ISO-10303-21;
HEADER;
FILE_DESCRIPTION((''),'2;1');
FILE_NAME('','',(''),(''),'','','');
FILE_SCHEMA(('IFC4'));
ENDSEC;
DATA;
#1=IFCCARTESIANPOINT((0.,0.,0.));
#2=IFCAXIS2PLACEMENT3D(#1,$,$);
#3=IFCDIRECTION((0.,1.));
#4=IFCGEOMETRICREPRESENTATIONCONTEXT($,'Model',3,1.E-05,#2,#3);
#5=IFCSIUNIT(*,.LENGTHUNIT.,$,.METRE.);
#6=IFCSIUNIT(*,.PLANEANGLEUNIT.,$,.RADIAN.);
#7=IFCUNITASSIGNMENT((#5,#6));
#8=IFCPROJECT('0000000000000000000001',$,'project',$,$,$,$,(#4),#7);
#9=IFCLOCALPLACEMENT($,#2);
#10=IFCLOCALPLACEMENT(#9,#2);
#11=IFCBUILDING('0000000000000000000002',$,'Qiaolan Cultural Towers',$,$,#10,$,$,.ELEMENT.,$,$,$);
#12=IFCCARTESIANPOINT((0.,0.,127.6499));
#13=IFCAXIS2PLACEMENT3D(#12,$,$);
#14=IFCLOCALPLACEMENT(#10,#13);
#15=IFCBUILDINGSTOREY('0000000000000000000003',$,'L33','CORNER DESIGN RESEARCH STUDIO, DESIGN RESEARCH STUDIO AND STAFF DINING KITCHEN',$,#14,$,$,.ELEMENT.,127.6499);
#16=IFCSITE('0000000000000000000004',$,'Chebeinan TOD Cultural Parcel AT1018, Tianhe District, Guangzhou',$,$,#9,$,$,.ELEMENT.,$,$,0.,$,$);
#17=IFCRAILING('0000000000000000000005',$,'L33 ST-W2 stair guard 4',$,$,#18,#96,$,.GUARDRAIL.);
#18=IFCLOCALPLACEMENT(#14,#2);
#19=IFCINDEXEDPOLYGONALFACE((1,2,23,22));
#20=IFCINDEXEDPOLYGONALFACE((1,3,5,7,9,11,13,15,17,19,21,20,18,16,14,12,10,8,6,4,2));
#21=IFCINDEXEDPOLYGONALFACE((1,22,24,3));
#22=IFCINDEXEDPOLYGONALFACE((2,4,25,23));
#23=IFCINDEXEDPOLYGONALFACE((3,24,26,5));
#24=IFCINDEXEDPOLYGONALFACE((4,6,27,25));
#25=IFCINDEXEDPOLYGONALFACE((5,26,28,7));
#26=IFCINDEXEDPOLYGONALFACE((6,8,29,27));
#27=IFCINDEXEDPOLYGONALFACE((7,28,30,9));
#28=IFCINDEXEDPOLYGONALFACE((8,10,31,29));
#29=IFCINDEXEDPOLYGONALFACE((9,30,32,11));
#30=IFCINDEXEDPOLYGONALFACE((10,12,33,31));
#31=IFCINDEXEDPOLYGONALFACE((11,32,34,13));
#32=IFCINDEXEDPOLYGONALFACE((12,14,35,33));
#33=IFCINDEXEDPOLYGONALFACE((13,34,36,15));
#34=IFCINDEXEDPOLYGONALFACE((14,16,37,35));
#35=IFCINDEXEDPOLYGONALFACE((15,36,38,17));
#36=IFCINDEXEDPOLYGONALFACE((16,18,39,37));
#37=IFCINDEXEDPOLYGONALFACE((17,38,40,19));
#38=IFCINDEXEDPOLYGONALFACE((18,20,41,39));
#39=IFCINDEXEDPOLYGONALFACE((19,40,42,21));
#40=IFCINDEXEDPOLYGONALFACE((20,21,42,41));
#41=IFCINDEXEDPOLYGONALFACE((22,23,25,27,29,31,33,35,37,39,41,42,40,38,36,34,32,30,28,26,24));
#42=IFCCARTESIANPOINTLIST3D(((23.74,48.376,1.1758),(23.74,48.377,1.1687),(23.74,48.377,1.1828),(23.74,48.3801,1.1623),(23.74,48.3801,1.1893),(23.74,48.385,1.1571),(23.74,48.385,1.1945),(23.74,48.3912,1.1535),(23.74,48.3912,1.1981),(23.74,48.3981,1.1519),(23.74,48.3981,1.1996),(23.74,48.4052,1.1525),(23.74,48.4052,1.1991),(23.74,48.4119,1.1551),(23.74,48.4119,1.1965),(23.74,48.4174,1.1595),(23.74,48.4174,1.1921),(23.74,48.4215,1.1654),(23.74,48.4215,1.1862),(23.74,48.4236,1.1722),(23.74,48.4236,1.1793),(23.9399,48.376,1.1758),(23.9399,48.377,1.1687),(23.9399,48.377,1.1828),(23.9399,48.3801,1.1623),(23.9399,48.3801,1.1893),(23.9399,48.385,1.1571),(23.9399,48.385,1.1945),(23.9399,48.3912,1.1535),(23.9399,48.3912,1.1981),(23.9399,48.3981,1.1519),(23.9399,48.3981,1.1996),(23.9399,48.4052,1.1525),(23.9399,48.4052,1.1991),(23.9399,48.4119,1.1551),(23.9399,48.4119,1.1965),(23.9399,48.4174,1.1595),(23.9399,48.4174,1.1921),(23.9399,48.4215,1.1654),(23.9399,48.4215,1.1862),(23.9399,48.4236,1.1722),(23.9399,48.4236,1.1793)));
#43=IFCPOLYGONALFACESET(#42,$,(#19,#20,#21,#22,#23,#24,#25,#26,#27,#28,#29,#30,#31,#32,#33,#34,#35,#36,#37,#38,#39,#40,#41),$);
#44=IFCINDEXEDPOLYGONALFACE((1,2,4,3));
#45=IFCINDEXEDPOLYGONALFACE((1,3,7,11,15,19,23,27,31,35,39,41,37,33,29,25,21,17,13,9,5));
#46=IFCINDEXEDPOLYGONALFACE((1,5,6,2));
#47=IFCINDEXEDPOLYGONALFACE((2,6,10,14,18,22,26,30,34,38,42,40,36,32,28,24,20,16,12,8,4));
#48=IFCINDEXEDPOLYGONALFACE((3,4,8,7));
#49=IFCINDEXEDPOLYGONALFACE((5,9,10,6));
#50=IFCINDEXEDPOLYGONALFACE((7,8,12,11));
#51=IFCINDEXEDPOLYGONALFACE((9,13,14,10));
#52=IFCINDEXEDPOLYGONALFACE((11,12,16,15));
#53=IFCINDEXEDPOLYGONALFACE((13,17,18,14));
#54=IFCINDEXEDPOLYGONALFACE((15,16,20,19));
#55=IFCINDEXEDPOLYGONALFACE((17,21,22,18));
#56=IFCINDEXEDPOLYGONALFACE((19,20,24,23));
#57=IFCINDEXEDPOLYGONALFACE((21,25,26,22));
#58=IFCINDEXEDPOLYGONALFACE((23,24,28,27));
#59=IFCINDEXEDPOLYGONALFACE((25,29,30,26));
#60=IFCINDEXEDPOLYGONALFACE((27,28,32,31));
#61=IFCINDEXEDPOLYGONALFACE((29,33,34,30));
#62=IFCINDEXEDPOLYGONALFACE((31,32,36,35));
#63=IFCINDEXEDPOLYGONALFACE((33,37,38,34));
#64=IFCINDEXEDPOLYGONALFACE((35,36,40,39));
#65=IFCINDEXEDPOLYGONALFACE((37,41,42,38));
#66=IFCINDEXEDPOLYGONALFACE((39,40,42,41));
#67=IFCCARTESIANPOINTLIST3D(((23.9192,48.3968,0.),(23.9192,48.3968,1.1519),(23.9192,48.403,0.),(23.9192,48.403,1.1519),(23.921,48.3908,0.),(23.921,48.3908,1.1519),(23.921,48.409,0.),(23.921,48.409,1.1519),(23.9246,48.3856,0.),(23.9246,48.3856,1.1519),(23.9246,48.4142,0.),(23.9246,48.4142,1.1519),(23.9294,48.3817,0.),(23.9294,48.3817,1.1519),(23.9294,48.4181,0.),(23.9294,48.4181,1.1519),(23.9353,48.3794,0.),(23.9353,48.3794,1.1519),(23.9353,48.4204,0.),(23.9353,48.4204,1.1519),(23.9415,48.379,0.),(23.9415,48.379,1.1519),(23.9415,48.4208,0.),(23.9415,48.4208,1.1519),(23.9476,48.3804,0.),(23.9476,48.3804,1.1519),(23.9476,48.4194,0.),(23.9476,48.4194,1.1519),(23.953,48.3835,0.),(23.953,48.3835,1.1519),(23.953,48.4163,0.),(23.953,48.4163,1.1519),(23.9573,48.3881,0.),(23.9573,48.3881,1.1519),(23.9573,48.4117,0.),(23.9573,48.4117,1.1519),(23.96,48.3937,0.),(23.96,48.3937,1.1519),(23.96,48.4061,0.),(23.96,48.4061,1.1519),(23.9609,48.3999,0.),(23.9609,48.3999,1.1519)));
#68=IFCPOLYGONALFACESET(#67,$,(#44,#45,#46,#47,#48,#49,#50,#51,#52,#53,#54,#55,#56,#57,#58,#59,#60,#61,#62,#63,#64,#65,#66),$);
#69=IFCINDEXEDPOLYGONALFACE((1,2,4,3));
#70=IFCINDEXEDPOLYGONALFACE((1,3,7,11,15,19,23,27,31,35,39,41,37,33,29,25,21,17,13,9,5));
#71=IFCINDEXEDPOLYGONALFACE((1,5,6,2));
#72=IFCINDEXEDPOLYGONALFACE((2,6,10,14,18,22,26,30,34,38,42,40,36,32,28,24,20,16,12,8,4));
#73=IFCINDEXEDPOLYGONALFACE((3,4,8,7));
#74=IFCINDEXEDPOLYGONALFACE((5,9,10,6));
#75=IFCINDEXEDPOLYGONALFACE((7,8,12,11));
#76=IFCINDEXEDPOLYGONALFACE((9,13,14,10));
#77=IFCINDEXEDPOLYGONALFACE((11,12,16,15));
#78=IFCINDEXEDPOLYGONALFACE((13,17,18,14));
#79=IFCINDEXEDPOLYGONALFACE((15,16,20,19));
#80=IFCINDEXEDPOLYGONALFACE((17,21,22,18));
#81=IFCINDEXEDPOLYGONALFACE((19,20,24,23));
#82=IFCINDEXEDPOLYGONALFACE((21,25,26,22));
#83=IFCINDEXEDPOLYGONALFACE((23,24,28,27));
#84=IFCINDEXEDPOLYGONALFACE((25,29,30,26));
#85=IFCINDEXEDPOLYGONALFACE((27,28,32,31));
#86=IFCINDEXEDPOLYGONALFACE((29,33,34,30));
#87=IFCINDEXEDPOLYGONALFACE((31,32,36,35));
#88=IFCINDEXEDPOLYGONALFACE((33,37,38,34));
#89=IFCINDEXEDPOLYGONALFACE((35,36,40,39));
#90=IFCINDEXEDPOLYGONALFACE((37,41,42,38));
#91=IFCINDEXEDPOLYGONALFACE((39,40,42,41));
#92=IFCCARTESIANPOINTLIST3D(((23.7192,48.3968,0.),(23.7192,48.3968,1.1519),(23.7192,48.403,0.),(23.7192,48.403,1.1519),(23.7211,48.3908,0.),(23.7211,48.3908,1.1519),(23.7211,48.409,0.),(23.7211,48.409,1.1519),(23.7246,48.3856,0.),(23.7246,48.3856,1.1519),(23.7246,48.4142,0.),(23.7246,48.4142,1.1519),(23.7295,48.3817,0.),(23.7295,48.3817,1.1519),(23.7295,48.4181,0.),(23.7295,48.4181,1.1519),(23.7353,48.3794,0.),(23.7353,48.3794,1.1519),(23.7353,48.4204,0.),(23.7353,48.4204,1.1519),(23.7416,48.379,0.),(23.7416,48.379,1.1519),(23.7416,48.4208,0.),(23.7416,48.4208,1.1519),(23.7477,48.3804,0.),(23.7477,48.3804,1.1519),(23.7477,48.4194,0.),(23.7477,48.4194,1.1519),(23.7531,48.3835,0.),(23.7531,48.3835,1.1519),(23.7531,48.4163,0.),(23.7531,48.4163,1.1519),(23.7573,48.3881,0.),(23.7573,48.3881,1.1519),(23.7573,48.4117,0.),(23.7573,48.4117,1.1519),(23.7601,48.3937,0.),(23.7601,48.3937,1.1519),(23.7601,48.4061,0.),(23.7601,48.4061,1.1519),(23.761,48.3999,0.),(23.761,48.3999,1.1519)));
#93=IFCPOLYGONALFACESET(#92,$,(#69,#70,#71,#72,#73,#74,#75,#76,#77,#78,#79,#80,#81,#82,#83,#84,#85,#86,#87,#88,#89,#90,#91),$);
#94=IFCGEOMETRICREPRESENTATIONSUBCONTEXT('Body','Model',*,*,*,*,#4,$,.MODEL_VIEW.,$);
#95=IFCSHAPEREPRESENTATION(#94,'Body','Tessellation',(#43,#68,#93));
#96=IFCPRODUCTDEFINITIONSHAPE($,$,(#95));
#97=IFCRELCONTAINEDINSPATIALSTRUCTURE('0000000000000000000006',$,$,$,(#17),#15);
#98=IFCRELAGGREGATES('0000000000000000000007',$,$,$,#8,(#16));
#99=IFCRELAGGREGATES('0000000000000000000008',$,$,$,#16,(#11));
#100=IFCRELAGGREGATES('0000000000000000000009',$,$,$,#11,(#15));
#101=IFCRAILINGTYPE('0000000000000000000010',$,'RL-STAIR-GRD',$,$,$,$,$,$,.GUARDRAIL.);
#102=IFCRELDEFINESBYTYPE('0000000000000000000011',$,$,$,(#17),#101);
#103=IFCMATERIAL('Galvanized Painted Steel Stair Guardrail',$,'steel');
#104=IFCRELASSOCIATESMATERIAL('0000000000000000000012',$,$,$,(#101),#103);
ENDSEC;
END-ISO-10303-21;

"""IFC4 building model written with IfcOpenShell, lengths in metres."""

from ifc_helpers import new_model, si_unit, direction, frame, origin, origin_2d, place, context, subcontext, project, spatial, circle, extrude, material, type_object, element, save


model = new_model("IFC4")

# Units and contexts
model_context = context("Model", 3, precision=1e-05, world=origin(), true_north=direction((0.0, 1.0)))
body_context = subcontext(model_context, "Body", "Model", "MODEL_VIEW")
ifc_project = project(units=[si_unit("LENGTHUNIT", "METRE"), si_unit("PLANEANGLEUNIT", "RADIAN")], contexts=[model_context])

# Site, building, storey
site_placement = place(None, origin())
site = spatial("IfcSite", under=ifc_project, at=site_placement, Name="Chebeinan TOD Cultural Parcel AT1018, Tianhe District, Guangzhou", CompositionType="ELEMENT", RefElevation=0.0)
building_placement = place(site_placement, origin())
building = spatial("IfcBuilding", under=site, at=building_placement, Name="Qiaolan Cultural Towers", CompositionType="ELEMENT")
storey_placement = place(building_placement, frame((0.0, 0.0, 127.6499)))
storey = spatial("IfcBuildingStorey", under=building, at=storey_placement, Name="L33", Description="CORNER DESIGN RESEARCH STUDIO, DESIGN RESEARCH STUDIO AND STAFF DINING KITCHEN", CompositionType="ELEMENT", Elevation=127.6499)

# Railing
ifc_material_1 = material(Name="Galvanized Painted Steel Stair Guardrail", Category="steel")
railing_type_1 = type_object("IfcRailingType", Name="RL-STAIR-GRD", PredefinedType="GUARDRAIL", material=ifc_material_1)
railing_1_placement = place(storey_placement, frame((23.9399, 48.3999, 0.0)))
element("IfcRailing", 1, at=railing_1_placement, inside=storey, type_object=railing_type_1, Name="L33 ST-W2 stair guard 4", PredefinedType="GUARDRAIL", context=body_context, shape_type="SweptSolid", body=[
    extrude(circle(Radius=0.0239, at=origin_2d()), frame((0.0, 0.0, 1.1758), z_axis=(-1.0, 0.0, 0.0), x_axis=(0.0, -1.0, 0.0)), (0.0, 0.0, 1.0), 0.2),
    extrude(circle(Radius=0.021, at=origin_2d()), origin(), (0.0, 0.0, 1.0), 1.1519),
    extrude(circle(Radius=0.021, at=origin_2d()), frame((-0.2, 0.0, 0.0)), (0.0, 0.0, 1.0), 1.1519),
])

save(model, "model.ifc")
